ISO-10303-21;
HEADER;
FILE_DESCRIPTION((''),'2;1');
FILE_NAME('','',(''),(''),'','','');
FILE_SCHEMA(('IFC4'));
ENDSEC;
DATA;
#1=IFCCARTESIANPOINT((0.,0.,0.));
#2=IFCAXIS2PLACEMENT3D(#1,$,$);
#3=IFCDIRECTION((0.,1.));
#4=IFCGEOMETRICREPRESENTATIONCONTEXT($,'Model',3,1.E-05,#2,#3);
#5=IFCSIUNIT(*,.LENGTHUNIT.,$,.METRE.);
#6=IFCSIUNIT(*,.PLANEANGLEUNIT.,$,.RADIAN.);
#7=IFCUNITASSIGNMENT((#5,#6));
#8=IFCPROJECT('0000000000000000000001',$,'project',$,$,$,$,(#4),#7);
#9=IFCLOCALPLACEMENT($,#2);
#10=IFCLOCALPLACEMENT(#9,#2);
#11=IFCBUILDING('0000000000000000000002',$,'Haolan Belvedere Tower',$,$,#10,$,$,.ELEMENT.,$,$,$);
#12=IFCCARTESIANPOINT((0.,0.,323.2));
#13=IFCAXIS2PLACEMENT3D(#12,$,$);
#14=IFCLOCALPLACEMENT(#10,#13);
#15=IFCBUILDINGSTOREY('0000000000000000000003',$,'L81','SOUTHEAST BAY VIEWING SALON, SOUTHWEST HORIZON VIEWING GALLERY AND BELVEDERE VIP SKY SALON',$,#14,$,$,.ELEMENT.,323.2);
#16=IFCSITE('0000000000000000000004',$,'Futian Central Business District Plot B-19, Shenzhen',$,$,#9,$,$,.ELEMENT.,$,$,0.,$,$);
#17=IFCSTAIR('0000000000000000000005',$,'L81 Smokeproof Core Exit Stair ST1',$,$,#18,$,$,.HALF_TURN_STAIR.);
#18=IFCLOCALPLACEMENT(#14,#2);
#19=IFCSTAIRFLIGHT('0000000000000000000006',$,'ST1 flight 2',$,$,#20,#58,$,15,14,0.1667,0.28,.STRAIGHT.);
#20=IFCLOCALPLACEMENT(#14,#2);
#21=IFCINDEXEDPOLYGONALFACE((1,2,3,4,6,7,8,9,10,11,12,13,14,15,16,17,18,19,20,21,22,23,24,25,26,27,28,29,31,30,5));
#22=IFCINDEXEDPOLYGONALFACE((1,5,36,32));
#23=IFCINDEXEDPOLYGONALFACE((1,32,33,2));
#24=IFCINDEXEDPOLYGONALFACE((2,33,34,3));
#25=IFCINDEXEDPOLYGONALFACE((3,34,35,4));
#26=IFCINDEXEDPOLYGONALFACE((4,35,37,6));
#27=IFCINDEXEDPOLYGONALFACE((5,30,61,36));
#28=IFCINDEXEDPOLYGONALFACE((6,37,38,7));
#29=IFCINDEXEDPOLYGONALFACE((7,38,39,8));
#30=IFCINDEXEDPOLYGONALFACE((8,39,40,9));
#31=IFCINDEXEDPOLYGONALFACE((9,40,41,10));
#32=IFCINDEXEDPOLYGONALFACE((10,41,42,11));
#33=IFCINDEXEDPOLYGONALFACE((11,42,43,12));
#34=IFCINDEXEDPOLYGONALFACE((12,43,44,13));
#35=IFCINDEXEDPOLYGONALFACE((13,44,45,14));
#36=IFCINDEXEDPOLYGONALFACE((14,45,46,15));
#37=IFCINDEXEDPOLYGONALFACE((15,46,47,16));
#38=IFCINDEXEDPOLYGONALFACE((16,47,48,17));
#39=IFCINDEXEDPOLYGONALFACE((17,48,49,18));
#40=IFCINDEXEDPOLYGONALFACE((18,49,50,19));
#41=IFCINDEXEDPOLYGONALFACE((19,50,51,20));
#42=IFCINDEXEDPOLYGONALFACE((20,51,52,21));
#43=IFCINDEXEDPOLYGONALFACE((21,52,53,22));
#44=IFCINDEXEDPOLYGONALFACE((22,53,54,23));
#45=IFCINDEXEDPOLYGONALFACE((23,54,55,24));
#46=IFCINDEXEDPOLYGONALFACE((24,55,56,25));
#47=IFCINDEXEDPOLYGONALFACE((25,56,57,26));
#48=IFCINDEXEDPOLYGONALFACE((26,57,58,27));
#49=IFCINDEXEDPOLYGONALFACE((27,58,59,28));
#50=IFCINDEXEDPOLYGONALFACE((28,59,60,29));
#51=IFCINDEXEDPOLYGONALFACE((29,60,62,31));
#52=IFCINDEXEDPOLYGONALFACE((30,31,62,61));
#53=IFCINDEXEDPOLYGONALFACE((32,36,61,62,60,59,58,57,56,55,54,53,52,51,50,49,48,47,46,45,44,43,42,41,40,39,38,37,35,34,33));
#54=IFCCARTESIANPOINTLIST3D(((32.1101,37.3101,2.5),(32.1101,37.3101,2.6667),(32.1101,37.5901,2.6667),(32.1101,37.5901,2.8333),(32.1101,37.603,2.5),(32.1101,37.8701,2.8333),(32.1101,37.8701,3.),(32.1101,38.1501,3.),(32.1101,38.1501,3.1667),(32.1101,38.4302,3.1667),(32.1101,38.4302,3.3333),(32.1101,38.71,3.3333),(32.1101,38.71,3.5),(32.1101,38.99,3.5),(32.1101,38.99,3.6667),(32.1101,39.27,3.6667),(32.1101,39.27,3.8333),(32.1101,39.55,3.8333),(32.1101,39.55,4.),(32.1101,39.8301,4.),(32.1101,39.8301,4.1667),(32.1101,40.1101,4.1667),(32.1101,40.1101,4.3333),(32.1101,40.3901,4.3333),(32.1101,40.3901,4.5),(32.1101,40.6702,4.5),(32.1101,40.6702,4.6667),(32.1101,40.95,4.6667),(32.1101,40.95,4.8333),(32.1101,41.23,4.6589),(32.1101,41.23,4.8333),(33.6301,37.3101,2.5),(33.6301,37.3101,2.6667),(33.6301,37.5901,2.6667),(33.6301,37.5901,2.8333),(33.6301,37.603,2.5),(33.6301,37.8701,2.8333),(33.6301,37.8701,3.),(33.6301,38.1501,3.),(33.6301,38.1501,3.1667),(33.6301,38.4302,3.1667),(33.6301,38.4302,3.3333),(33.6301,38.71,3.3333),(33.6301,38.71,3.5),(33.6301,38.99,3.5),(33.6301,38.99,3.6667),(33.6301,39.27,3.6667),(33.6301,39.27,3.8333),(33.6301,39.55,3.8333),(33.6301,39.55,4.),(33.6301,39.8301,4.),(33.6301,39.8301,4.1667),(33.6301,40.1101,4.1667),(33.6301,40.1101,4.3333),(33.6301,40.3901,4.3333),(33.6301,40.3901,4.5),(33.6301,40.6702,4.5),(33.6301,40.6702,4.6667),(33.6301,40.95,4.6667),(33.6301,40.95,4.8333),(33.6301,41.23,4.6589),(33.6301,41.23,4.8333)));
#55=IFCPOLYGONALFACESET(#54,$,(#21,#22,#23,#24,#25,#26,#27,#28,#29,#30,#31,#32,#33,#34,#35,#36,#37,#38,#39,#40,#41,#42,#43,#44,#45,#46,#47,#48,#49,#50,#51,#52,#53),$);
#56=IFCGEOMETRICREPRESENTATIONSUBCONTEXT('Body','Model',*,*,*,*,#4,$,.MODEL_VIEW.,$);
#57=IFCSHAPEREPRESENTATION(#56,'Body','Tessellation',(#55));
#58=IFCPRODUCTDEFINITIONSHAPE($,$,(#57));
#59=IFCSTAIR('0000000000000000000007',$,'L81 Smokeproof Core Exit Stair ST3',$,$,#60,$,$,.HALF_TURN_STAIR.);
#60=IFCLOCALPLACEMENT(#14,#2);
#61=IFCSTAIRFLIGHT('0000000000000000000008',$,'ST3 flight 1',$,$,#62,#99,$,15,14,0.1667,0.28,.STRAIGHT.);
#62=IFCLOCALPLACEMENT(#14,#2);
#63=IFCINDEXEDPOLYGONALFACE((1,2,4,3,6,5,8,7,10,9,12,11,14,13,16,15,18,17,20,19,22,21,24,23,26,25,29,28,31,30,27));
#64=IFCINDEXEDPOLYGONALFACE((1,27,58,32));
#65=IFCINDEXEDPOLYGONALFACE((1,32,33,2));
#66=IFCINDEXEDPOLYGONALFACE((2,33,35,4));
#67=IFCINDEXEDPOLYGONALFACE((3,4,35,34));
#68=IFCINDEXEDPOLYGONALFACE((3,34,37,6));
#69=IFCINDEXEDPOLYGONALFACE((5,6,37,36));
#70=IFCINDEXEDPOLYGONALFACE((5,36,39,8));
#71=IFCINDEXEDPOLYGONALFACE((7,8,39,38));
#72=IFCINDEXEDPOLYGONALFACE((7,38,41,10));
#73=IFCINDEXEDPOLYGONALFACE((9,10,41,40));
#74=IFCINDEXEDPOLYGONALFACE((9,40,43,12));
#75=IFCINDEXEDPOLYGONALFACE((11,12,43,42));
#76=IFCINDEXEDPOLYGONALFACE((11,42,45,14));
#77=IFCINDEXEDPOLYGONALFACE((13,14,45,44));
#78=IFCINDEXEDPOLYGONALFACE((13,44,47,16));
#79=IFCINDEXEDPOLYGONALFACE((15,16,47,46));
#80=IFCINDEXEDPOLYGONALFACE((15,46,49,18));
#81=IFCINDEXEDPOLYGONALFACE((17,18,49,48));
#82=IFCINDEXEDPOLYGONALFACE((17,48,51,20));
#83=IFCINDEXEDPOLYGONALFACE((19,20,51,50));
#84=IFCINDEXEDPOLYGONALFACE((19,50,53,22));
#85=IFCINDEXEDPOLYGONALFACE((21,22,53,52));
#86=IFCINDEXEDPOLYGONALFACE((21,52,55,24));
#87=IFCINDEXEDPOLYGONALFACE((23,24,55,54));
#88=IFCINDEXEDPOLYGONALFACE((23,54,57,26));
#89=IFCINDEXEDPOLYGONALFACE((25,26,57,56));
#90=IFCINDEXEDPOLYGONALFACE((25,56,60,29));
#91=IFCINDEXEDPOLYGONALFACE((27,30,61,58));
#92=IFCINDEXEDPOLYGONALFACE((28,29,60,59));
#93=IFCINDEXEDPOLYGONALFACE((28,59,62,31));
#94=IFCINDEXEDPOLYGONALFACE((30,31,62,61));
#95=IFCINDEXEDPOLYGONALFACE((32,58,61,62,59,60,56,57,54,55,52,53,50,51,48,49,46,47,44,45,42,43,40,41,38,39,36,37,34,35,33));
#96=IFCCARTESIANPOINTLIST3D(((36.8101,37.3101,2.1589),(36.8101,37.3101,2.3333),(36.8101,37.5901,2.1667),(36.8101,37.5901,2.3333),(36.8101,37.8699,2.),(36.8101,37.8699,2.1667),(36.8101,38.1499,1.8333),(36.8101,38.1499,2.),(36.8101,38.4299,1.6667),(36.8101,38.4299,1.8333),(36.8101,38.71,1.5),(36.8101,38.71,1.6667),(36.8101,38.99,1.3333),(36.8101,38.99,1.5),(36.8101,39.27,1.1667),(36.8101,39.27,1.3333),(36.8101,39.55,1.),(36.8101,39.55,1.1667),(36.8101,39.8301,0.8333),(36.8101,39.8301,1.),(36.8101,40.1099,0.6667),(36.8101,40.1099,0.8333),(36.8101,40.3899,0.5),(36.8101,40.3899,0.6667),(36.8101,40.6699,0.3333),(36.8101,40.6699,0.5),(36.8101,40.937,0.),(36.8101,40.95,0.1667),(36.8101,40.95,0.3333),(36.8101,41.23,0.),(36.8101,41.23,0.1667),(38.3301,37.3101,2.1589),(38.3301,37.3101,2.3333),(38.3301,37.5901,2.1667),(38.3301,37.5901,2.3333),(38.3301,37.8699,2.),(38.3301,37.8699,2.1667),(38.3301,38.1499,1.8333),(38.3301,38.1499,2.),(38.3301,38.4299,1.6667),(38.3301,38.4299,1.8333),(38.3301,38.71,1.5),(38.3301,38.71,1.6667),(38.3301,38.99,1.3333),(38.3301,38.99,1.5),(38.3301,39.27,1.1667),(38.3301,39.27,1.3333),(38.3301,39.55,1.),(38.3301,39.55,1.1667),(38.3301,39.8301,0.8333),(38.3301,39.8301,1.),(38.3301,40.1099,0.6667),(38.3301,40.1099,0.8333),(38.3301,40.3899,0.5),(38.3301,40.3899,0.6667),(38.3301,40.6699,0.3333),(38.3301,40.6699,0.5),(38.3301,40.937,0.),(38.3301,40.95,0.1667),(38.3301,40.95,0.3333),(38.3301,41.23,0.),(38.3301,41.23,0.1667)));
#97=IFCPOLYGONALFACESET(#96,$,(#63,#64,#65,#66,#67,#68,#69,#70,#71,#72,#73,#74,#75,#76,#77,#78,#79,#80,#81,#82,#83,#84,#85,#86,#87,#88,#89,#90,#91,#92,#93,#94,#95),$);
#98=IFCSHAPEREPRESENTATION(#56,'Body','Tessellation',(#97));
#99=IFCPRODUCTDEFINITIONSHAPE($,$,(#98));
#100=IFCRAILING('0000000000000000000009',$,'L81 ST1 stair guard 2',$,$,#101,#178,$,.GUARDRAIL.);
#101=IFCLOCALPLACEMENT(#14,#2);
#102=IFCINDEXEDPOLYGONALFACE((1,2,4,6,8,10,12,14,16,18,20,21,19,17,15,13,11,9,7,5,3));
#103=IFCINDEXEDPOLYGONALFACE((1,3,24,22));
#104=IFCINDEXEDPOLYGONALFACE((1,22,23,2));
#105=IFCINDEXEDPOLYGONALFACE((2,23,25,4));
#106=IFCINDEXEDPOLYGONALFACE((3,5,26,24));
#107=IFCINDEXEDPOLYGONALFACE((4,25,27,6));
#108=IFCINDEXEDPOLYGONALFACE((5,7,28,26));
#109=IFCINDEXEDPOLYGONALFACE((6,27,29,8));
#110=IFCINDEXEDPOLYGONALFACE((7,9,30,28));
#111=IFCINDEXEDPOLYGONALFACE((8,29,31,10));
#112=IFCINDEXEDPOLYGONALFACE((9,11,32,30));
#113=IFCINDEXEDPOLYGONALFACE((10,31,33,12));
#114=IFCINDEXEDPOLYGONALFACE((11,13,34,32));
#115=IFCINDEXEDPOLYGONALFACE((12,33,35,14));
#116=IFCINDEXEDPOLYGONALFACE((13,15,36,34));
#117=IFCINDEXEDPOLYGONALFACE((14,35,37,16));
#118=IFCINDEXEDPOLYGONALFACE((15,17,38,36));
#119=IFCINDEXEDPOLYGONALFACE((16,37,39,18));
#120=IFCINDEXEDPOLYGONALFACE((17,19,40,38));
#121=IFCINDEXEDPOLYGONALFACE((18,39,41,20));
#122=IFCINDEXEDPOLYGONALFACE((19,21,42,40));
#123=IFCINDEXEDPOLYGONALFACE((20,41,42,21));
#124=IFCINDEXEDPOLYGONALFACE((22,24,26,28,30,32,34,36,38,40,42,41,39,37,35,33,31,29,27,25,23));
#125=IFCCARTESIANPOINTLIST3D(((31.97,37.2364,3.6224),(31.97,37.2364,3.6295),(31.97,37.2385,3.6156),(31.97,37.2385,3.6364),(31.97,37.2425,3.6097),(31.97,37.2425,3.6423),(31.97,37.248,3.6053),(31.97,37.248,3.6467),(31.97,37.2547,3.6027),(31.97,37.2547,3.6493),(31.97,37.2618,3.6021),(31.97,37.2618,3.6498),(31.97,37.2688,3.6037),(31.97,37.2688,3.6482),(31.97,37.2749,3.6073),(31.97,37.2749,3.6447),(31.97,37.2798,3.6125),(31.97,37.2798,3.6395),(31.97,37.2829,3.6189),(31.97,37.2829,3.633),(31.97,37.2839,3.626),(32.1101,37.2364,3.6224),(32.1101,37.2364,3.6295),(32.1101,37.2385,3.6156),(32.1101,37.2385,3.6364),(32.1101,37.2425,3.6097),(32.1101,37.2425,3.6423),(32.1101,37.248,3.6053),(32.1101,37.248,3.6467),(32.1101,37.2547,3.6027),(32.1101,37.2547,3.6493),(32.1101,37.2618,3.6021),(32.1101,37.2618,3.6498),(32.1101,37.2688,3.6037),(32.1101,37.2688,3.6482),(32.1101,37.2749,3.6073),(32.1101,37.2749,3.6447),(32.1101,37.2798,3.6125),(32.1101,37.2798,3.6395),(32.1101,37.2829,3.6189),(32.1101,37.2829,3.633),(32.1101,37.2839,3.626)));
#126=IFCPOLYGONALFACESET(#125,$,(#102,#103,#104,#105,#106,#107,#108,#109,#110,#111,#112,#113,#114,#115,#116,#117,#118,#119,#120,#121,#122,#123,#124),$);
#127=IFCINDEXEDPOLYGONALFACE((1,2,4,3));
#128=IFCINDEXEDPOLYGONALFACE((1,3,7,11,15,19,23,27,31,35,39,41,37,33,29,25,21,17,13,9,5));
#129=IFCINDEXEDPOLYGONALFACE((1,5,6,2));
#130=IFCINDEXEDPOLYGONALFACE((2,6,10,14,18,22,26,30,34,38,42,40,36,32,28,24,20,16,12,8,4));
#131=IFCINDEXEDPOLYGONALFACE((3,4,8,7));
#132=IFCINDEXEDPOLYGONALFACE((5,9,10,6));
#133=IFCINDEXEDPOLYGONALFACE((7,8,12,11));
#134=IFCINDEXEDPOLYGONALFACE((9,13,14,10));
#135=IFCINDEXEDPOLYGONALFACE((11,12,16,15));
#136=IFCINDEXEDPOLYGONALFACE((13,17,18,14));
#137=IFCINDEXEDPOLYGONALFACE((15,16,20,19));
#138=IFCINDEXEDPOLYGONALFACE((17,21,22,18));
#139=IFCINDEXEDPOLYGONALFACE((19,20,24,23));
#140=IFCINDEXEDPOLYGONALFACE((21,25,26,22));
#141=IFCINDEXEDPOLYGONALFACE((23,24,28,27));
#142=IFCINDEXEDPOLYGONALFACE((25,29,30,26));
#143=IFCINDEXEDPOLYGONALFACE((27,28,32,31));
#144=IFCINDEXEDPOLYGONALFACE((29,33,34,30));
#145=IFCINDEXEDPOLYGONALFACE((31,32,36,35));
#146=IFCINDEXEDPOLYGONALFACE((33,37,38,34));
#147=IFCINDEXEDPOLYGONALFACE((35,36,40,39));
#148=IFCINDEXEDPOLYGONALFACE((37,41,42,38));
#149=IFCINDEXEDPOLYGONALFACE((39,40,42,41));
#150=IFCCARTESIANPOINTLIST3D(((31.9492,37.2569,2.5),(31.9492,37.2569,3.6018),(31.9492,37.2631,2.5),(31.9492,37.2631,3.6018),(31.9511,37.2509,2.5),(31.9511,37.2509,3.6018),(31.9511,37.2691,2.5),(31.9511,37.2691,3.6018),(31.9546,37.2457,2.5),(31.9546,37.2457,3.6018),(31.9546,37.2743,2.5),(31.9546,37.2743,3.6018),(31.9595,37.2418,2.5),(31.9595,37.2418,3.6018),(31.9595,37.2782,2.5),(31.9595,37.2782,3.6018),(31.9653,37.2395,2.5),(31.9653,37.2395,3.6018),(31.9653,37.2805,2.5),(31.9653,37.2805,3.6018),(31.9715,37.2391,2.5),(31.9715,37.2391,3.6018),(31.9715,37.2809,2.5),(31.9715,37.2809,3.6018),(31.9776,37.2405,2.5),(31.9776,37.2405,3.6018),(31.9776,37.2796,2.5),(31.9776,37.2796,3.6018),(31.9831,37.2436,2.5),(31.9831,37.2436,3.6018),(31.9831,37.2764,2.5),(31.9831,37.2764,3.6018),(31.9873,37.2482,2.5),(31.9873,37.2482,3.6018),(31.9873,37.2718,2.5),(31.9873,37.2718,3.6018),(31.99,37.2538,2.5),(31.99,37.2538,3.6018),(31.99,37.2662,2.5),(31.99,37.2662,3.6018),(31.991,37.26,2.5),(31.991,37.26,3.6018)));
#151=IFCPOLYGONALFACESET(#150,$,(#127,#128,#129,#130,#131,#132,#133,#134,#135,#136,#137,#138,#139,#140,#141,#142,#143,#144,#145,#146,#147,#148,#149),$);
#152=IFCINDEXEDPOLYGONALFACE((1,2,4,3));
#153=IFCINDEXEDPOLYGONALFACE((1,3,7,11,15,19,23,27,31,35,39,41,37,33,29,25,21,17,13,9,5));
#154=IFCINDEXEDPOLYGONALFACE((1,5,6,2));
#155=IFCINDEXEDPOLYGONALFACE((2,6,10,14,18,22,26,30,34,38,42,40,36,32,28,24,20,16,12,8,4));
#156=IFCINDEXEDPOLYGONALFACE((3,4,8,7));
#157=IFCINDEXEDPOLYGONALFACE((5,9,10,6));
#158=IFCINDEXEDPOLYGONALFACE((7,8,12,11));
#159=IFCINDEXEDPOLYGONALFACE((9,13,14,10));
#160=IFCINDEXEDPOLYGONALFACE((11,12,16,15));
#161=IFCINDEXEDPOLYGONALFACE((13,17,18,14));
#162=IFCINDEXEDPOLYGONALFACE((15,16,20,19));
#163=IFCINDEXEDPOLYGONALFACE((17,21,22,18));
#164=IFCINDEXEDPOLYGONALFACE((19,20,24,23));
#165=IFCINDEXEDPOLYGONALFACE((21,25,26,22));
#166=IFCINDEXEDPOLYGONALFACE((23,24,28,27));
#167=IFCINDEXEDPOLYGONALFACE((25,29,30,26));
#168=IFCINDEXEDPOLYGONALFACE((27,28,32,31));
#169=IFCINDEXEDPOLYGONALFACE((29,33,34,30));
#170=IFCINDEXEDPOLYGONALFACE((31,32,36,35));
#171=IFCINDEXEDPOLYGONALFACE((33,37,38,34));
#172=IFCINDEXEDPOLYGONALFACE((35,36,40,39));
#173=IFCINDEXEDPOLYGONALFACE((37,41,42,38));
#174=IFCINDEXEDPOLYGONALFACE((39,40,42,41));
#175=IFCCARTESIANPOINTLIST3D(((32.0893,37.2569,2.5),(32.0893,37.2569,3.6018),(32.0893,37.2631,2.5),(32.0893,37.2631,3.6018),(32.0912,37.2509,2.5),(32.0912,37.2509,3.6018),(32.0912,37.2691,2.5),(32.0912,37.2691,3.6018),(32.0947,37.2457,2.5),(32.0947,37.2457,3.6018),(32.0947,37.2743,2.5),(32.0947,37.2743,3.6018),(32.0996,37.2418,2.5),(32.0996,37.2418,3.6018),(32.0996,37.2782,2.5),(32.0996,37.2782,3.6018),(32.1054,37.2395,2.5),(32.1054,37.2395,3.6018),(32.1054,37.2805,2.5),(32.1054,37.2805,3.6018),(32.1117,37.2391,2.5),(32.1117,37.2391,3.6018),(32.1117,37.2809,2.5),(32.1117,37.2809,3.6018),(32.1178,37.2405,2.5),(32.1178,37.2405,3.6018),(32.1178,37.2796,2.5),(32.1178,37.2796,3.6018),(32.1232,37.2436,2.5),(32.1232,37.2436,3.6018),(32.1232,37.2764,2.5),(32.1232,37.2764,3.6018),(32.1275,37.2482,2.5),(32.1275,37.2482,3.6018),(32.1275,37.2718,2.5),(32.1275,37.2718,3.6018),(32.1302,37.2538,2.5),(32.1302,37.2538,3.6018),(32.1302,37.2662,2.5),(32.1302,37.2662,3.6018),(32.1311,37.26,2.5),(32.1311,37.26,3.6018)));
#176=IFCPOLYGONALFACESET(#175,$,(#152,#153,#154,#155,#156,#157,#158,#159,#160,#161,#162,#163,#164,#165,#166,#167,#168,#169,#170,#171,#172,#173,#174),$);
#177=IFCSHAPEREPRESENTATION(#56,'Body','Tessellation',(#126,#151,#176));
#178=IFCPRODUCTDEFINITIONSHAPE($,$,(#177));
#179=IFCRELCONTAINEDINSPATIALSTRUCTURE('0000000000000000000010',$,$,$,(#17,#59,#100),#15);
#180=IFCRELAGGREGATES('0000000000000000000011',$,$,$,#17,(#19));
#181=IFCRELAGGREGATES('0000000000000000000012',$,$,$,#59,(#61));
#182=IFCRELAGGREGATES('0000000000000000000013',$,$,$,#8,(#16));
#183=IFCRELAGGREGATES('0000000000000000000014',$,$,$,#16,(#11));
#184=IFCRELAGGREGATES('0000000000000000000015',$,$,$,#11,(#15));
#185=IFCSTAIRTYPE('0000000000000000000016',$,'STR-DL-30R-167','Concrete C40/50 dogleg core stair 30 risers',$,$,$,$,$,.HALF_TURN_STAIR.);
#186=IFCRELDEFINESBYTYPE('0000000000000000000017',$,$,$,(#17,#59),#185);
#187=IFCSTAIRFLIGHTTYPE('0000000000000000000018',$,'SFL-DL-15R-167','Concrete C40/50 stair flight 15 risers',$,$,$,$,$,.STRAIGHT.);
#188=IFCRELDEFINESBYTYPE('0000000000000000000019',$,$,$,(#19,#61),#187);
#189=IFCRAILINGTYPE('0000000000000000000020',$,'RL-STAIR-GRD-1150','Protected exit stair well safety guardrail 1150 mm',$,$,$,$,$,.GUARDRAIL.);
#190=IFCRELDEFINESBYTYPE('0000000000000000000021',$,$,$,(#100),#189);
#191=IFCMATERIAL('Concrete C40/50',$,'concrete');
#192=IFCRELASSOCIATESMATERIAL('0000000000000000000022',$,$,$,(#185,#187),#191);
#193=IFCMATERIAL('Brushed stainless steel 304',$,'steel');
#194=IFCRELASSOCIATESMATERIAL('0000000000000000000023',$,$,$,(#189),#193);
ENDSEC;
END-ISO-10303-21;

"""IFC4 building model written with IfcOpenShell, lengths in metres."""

from ifc_helpers import new_model, si_unit, direction, frame, origin, origin_2d, place, context, subcontext, project, spatial, polyline, circle, outline, extrude, material, type_object, element, aggregate, save


model = new_model("IFC4")

# Units and contexts
model_context = context("Model", 3, precision=1e-05, world=origin(), true_north=direction((0.0, 1.0)))
body_context = subcontext(model_context, "Body", "Model", "MODEL_VIEW")
ifc_project = project(units=[si_unit("LENGTHUNIT", "METRE"), si_unit("PLANEANGLEUNIT", "RADIAN")], contexts=[model_context])

# Site, building, storey
site_placement = place(None, origin())
site = spatial("IfcSite", under=ifc_project, at=site_placement, Name="Futian Central Business District Plot B-19, Shenzhen", CompositionType="ELEMENT", RefElevation=0.0)
building_placement = place(site_placement, origin())
building = spatial("IfcBuilding", under=site, at=building_placement, Name="Haolan Belvedere Tower", CompositionType="ELEMENT")
storey_placement = place(building_placement, frame((0.0, 0.0, 323.2)))
storey = spatial("IfcBuildingStorey", under=building, at=storey_placement, Name="L81", Description="SOUTHEAST BAY VIEWING SALON, SOUTHWEST HORIZON VIEWING GALLERY AND BELVEDERE VIP SKY SALON", CompositionType="ELEMENT", Elevation=323.2)

# Stairs, stair flights
ifc_material_1 = material(Name="Concrete C40/50", Category="concrete")
stair_type = type_object("IfcStairType", Name="STR-DL-30R-167", Description="Concrete C40/50 dogleg core stair 30 risers", PredefinedType="HALF_TURN_STAIR", material=ifc_material_1)
stair_1_placement = place(storey_placement, origin())
stair_1 = element("IfcStair", 1, at=stair_1_placement, inside=storey, type_object=stair_type, Name="L81 Smokeproof Core Exit Stair ST1", PredefinedType="HALF_TURN_STAIR")
stair_flight_type = type_object("IfcStairFlightType", Name="SFL-DL-15R-167", Description="Concrete C40/50 stair flight 15 risers", PredefinedType="STRAIGHT", material=ifc_material_1)
stair_flight_1_placement = place(storey_placement, frame((32.8701, 37.3101, 2.5), z_axis=(0.0, 0.0, 1.0), x_axis=(0.0, 1.0, 0.0)))
stair_flight_1 = element("IfcStairFlight", 2, at=stair_flight_1_placement, type_object=stair_flight_type, Name="ST1 flight 2", NumberOfRisers=15, NumberOfTreads=14, PredefinedType="STRAIGHT", RiserHeight=0.1667, TreadLength=0.28, context=body_context, shape_type="SweptSolid", body=[
    extrude(outline(polyline([(0.0, 0.0), (0.0, 0.1667), (0.28, 0.1667), (0.28, 0.3333), (0.5601, 0.3333), (0.5601, 0.5), (0.8401, 0.5), (0.8401, 0.6667), (1.1201, 0.6667), (1.1201, 0.8333), (1.3999, 0.8333), (1.3999, 1.0), (1.6799, 1.0), (1.6799, 1.1667), (1.96, 1.1667), (1.96, 1.3333), (2.24, 1.3333), (2.24, 1.5), (2.52, 1.5), (2.52, 1.6667), (2.8, 1.6667), (2.8, 1.8333), (3.0801, 1.8333), (3.0801, 2.0), (3.3601, 2.0), (3.3601, 2.1667), (3.6399, 2.1667), (3.6399, 2.3333), (3.9199, 2.3333), (3.9199, 2.5), (3.9199, 2.1589), (0.293, 0.0), (0.0, 0.0)])), frame((0.0, 0.76, 0.0), z_axis=(0.0, -1.0, 0.0), x_axis=(1.0, 0.0, 0.0)), (0.0, 0.0, 1.0), 1.52),
])
aggregate(stair_1, [stair_flight_1])
stair_2_placement = place(storey_placement, origin())
stair_2 = element("IfcStair", 3, at=stair_2_placement, inside=storey, type_object=stair_type, Name="L81 Smokeproof Core Exit Stair ST3", PredefinedType="HALF_TURN_STAIR")
stair_flight_2_placement = place(storey_placement, frame((37.5701, 41.23, 0.0), z_axis=(0.0, 0.0, 1.0), x_axis=(0.0, -1.0, 0.0)))
stair_flight_2 = element("IfcStairFlight", 4, at=stair_flight_2_placement, type_object=stair_flight_type, Name="ST3 flight 1", NumberOfRisers=15, NumberOfTreads=14, PredefinedType="STRAIGHT", RiserHeight=0.1667, TreadLength=0.28, context=body_context, shape_type="SweptSolid", body=[
    extrude(outline(polyline([(0.0, 0.0), (0.0, 0.1667), (0.28, 0.1667), (0.28, 0.3333), (0.5601, 0.3333), (0.5601, 0.5), (0.8401, 0.5), (0.8401, 0.6667), (1.1201, 0.6667), (1.1201, 0.8333), (1.3999, 0.8333), (1.3999, 1.0), (1.6799, 1.0), (1.6799, 1.1667), (1.96, 1.1667), (1.96, 1.3333), (2.24, 1.3333), (2.24, 1.5), (2.52, 1.5), (2.52, 1.6667), (2.8, 1.6667), (2.8, 1.8333), (3.0801, 1.8333), (3.0801, 2.0), (3.3601, 2.0), (3.3601, 2.1667), (3.6399, 2.1667), (3.6399, 2.3333), (3.9199, 2.3333), (3.9199, 2.5), (3.9199, 2.1589), (0.293, 0.0), (0.0, 0.0)])), frame((0.0, 0.76, 0.0), z_axis=(0.0, -1.0, 0.0), x_axis=(1.0, 0.0, 0.0)), (0.0, 0.0, 1.0), 1.52),
])
aggregate(stair_2, [stair_flight_2])

# Railing
ifc_material_2 = material(Name="Brushed stainless steel 304", Category="steel")
railing_type_1 = type_object("IfcRailingType", Name="RL-STAIR-GRD-1150", Description="Protected exit stair well safety guardrail 1150 mm", PredefinedType="GUARDRAIL", material=ifc_material_2)
railing_1_placement = place(storey_placement, frame((31.97, 37.26, 2.5)))
element("IfcRailing", 5, at=railing_1_placement, inside=storey, type_object=railing_type_1, Name="L81 ST1 stair guard 2", PredefinedType="GUARDRAIL", context=body_context, shape_type="SweptSolid", body=[
    extrude(circle(Radius=0.0239, at=origin_2d()), frame((0.0, 0.0, 1.126), z_axis=(1.0, 0.0, 0.0), x_axis=(0.0, 1.0, 0.0)), (0.0, 0.0, 1.0), 0.1401),
    extrude(circle(Radius=0.021, at=origin_2d()), origin(), (0.0, 0.0, 1.0), 1.1018),
    extrude(circle(Radius=0.021, at=origin_2d()), frame((0.1401, 0.0, 0.0)), (0.0, 0.0, 1.0), 1.1018),
])

save(model, "model.ifc")
